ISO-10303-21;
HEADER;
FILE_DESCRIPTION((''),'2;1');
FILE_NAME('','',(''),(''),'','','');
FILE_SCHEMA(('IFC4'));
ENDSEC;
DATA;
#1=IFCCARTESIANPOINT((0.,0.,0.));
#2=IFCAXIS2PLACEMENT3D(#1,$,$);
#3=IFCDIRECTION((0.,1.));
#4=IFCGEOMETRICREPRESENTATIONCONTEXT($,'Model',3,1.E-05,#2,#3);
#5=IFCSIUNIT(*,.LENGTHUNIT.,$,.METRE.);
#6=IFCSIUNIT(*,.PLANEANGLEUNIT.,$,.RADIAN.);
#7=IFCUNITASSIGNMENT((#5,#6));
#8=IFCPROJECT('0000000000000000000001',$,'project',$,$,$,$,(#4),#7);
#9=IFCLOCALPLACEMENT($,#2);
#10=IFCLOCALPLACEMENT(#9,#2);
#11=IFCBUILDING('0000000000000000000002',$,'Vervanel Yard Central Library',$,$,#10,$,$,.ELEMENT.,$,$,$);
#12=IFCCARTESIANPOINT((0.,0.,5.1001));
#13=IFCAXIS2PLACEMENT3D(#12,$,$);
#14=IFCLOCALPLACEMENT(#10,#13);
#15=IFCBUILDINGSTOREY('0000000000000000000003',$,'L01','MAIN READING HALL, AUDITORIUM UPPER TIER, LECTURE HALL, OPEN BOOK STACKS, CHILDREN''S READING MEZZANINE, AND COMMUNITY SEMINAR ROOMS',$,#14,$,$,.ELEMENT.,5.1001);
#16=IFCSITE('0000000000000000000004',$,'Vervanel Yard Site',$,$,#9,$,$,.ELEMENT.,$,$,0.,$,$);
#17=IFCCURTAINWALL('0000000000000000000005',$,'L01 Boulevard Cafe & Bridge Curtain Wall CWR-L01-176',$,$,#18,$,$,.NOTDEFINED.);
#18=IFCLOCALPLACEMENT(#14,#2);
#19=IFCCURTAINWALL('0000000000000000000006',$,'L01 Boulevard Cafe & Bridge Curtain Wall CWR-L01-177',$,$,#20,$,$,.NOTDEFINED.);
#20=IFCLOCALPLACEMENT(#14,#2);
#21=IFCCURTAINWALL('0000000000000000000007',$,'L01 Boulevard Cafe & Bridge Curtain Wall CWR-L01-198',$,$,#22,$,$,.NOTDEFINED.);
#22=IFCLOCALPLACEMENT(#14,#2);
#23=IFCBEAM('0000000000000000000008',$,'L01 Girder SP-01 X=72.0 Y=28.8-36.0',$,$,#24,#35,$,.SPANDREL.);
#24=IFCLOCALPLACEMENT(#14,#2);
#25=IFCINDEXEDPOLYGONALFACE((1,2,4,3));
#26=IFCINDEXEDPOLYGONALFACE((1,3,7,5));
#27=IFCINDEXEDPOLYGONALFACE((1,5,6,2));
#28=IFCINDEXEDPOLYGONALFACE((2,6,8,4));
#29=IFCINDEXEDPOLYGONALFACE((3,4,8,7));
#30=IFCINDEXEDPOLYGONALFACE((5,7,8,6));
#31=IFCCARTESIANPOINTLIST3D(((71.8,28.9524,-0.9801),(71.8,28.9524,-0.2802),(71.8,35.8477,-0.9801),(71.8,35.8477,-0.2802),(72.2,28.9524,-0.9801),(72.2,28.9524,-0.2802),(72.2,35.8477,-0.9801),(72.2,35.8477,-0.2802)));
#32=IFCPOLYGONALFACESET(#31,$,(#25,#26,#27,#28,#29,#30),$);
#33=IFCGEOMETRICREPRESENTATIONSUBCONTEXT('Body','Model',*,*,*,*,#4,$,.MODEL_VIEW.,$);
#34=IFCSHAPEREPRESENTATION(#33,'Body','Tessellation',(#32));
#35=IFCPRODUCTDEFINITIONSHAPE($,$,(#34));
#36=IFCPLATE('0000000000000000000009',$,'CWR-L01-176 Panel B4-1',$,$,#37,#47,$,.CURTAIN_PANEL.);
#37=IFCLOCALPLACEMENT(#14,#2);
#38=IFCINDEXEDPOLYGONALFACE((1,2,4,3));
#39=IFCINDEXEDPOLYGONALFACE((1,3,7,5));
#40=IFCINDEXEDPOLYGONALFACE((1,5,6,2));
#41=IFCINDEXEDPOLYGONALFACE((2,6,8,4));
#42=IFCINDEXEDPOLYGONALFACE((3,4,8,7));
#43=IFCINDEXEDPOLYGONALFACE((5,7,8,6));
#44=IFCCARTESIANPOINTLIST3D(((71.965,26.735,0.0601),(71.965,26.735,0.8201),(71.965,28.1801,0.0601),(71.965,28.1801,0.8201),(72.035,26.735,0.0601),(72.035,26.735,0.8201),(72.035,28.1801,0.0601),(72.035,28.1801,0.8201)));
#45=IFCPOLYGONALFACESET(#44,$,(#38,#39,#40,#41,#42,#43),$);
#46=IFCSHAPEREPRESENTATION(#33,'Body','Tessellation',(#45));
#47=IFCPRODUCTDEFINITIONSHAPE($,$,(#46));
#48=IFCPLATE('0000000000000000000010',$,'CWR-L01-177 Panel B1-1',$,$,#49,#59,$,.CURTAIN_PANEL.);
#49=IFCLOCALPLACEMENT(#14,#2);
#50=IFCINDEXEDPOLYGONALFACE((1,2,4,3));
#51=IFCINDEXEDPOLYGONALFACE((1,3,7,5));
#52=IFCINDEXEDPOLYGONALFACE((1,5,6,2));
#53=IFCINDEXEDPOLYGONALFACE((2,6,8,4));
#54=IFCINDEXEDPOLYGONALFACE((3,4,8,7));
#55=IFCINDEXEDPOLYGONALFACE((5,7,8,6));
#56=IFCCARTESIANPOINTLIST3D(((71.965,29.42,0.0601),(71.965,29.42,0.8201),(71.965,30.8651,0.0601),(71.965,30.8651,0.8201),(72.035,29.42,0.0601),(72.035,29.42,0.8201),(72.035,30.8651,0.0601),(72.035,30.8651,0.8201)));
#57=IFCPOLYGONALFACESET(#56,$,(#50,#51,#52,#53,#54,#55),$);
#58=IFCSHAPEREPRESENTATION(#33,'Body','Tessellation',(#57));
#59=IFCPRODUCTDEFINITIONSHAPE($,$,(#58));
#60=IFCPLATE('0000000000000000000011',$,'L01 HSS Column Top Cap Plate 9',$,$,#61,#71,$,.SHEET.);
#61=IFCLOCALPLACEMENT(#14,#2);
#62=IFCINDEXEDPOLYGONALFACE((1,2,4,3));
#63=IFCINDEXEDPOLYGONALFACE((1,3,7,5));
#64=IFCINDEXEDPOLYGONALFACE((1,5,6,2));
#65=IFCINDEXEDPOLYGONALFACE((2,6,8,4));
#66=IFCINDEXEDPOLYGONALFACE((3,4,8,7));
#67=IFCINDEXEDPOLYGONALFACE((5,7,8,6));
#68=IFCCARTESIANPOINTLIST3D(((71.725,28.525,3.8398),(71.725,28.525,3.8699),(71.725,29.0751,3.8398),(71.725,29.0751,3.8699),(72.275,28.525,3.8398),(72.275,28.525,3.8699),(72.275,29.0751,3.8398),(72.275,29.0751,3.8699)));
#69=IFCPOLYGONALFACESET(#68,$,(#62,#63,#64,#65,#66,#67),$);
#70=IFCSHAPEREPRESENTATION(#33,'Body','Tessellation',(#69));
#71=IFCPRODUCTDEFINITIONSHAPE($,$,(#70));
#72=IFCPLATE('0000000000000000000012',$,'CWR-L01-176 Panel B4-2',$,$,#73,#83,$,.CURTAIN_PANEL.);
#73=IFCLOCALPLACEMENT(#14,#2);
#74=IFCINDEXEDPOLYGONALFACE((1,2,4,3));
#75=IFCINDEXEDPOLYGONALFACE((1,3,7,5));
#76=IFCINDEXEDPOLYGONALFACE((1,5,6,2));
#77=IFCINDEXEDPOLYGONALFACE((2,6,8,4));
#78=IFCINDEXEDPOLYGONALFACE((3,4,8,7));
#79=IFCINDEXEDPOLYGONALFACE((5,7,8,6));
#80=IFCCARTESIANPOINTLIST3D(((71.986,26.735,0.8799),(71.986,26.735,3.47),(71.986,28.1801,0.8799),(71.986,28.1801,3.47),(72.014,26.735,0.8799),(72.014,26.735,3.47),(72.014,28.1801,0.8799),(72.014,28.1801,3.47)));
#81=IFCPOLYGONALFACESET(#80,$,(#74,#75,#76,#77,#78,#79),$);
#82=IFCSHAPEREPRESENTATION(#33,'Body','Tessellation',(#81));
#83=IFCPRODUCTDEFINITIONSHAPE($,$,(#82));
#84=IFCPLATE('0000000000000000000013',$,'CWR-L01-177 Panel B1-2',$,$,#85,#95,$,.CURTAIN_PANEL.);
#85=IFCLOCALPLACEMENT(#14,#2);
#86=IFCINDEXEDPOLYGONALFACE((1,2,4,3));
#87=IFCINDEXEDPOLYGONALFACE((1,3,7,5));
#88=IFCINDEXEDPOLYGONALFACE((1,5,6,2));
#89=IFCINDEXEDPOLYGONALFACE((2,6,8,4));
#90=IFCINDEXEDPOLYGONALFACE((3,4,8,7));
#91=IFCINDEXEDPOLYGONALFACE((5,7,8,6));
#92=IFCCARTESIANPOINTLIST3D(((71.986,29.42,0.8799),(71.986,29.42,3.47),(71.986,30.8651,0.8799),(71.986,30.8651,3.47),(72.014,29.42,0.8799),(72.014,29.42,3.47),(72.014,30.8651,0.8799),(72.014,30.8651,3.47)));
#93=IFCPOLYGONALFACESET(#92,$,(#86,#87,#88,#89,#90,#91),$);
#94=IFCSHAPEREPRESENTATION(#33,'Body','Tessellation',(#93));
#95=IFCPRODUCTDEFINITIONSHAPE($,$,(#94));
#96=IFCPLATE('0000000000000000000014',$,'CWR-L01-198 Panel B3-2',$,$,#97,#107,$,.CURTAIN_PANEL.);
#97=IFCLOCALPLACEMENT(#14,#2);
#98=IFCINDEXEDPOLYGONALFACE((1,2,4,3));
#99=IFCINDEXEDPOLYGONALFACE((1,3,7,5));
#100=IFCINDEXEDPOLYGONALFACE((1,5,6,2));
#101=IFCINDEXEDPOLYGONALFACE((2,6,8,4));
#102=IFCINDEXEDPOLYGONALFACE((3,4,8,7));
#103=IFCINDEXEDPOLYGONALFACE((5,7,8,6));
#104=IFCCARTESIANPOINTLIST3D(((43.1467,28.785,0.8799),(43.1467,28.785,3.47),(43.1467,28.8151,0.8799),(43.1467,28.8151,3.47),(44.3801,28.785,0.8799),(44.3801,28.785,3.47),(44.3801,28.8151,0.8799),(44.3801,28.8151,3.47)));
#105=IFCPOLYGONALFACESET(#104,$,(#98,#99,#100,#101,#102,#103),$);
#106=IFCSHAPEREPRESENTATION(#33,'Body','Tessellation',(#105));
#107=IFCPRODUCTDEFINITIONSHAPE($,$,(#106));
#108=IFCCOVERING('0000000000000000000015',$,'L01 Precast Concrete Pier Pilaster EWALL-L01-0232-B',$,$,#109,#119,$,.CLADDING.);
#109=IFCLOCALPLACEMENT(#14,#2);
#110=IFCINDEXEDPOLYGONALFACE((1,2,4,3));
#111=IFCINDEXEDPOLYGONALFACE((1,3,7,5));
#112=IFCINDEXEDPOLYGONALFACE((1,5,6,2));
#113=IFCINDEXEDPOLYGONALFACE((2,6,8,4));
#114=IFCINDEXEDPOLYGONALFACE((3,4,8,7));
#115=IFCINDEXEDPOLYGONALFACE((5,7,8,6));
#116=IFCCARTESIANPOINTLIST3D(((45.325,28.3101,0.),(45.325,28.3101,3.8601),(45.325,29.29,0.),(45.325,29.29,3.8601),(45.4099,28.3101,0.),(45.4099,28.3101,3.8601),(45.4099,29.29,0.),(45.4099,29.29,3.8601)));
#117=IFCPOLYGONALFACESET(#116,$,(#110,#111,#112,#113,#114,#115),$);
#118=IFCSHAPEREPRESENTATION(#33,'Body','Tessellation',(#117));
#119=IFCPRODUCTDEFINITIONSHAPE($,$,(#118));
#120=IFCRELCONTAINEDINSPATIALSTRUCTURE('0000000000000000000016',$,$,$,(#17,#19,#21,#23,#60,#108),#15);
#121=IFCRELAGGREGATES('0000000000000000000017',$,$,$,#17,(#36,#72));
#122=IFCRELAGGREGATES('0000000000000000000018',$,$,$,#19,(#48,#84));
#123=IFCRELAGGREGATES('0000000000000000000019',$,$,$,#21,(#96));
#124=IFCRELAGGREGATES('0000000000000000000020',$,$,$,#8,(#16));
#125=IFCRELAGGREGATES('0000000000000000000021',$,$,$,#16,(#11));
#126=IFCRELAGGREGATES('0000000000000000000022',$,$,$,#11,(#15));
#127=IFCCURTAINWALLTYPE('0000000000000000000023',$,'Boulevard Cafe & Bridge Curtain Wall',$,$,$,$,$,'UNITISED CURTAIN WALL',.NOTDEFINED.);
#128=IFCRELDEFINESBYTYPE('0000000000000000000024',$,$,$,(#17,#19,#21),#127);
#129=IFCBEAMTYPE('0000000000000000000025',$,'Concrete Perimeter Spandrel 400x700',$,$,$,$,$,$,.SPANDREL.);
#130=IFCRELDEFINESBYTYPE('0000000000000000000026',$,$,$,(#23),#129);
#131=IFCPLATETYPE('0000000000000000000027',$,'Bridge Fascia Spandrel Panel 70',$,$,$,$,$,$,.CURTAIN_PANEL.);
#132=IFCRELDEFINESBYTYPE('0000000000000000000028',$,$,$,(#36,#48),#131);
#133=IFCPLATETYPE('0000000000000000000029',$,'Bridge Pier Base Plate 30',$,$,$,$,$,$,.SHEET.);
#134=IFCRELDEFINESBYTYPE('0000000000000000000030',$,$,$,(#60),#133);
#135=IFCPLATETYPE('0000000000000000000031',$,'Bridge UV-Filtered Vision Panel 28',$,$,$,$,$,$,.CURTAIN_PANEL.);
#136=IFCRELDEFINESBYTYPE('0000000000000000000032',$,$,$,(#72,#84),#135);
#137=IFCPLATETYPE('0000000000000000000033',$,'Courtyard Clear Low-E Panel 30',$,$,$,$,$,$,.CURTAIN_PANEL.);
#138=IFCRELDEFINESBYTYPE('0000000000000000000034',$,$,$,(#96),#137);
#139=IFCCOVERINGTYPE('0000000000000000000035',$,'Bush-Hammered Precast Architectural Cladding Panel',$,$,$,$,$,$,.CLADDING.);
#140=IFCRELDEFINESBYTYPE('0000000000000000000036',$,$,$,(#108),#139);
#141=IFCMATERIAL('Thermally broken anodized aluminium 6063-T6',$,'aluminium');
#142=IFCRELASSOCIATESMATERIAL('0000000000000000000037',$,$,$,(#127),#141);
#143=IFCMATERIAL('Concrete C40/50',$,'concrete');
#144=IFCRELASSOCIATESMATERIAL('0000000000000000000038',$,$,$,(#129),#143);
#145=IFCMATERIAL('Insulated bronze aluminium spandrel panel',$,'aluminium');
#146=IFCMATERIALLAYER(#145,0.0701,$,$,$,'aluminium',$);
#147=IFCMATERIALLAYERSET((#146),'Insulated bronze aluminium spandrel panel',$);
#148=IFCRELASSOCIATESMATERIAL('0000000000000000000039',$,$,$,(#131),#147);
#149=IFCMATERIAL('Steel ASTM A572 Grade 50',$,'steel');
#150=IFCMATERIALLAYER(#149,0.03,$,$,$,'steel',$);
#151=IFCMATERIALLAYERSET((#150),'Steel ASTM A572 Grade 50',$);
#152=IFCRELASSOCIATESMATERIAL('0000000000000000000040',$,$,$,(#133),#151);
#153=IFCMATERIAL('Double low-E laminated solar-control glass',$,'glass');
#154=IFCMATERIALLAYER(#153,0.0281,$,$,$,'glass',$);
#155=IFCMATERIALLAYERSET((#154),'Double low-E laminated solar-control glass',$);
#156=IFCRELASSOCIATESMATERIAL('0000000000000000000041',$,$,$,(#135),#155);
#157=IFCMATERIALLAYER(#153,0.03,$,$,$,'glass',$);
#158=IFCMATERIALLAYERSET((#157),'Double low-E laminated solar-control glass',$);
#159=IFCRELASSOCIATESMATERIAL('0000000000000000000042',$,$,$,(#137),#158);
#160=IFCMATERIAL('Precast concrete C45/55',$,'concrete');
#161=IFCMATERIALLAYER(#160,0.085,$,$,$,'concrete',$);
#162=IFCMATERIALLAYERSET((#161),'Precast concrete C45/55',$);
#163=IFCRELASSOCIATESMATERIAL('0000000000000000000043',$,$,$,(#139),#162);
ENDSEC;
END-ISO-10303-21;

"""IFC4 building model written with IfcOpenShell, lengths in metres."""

from ifc_helpers import new_model, si_unit, direction, frame, origin, origin_2d, place, context, subcontext, project, spatial, rectangle, extrude, material, layer, layer_set, material_profile, profile_set, type_object, element, aggregate, save


model = new_model("IFC4")

# Units and contexts
model_context = context("Model", 3, precision=1e-05, world=origin(), true_north=direction((0.0, 1.0)))
body_context = subcontext(model_context, "Body", "Model", "MODEL_VIEW")
ifc_project = project(units=[si_unit("LENGTHUNIT", "METRE"), si_unit("PLANEANGLEUNIT", "RADIAN")], contexts=[model_context])

# Site, building, storey
site_placement = place(None, origin())
site = spatial("IfcSite", under=ifc_project, at=site_placement, Name="Vervanel Yard Site", CompositionType="ELEMENT", RefElevation=0.0)
building_placement = place(site_placement, origin())
building = spatial("IfcBuilding", under=site, at=building_placement, Name="Vervanel Yard Central Library", CompositionType="ELEMENT")
storey_placement = place(building_placement, frame((0.0, 0.0, 5.1001)))
storey = spatial("IfcBuildingStorey", under=building, at=storey_placement, Name="L01", Description="MAIN READING HALL, AUDITORIUM UPPER TIER, LECTURE HALL, OPEN BOOK STACKS, CHILDREN'S READING MEZZANINE, AND COMMUNITY SEMINAR ROOMS", CompositionType="ELEMENT", Elevation=5.1001)

# Shared definitions
ifc_material_1 = material(Name="Concrete C40/50", Category="concrete")

# Curtain wall
ifc_material_2 = material(Name="Thermally broken anodized aluminium 6063-T6", Category="aluminium")
curtain_wall_type = type_object("IfcCurtainWallType", Name="Boulevard Cafe & Bridge Curtain Wall", ElementType="UNITISED CURTAIN WALL", PredefinedType="NOTDEFINED", material=ifc_material_2)
curtain_wall_1_placement = place(storey_placement, origin())
curtain_wall_1 = element("IfcCurtainWall", 1, at=curtain_wall_1_placement, inside=storey, type_object=curtain_wall_type, Name="L01 Boulevard Cafe & Bridge Curtain Wall CWR-L01-176", PredefinedType="NOTDEFINED")

# Curtain wall
curtain_wall_2_placement = place(storey_placement, origin())
curtain_wall_2 = element("IfcCurtainWall", 2, at=curtain_wall_2_placement, inside=storey, type_object=curtain_wall_type, Name="L01 Boulevard Cafe & Bridge Curtain Wall CWR-L01-177", PredefinedType="NOTDEFINED")

# Curtain wall
curtain_wall_3_placement = place(storey_placement, origin())
curtain_wall_3 = element("IfcCurtainWall", 3, at=curtain_wall_3_placement, inside=storey, type_object=curtain_wall_type, Name="L01 Boulevard Cafe & Bridge Curtain Wall CWR-L01-198", PredefinedType="NOTDEFINED")

# Beam
ifc_material_profile_1 = material_profile(ifc_material_1, rectangle(XDim=0.3999, YDim=0.7, at=origin_2d()), Name="RC 400x700", Category="concrete")
ifc_profile_set_1 = profile_set([ifc_material_profile_1], Name="Concrete C40/50")
beam_type = type_object("IfcBeamType", Name="Concrete Perimeter Spandrel 400x700", PredefinedType="SPANDREL", material=ifc_profile_set_1)
beam_placement = place(storey_placement, frame((72.0, 28.9524, -0.6301), z_axis=(0.0, 1.0, 0.0), x_axis=(-1.0, 0.0, 0.0)))
element("IfcBeam", 4, at=beam_placement, inside=storey, type_object=beam_type, Name="L01 Girder SP-01 X=72.0 Y=28.8-36.0", PredefinedType="SPANDREL", context=body_context, shape_type="SweptSolid", body=[
    extrude(rectangle(XDim=0.3999, YDim=0.7, at=origin_2d()), origin(), (0.0, 0.0, 1.0), 6.8953),
])

# Plates
ifc_material_3 = material(Name="Insulated bronze aluminium spandrel panel", Category="aluminium")
ifc_layer_1 = layer(ifc_material_3, 0.0701, Category="aluminium")
ifc_layer_set_1 = layer_set([ifc_layer_1], Name="Insulated bronze aluminium spandrel panel")
plate_type_1 = type_object("IfcPlateType", Name="Bridge Fascia Spandrel Panel 70", PredefinedType="CURTAIN_PANEL", material=ifc_layer_set_1)
plate_1_placement = place(storey_placement, frame((72.0, 27.4575, 0.0601), z_axis=(0.0, 0.0, 1.0), x_axis=(0.0, 1.0, 0.0)))
plate_1 = element("IfcPlate", 5, at=plate_1_placement, type_object=plate_type_1, Name="CWR-L01-176 Panel B4-1", PredefinedType="CURTAIN_PANEL", context=body_context, shape_type="SweptSolid", body=[
    extrude(rectangle(XDim=1.4451, YDim=0.0701, at=origin_2d()), origin(), (0.0, 0.0, 1.0), 0.76),
])
plate_2_placement = place(storey_placement, frame((72.0, 30.1426, 0.0601), z_axis=(0.0, 0.0, 1.0), x_axis=(0.0, 1.0, 0.0)))
plate_2 = element("IfcPlate", 6, at=plate_2_placement, type_object=plate_type_1, Name="CWR-L01-177 Panel B1-1", PredefinedType="CURTAIN_PANEL", context=body_context, shape_type="SweptSolid", body=[
    extrude(rectangle(XDim=1.4451, YDim=0.0701, at=origin_2d()), origin(), (0.0, 0.0, 1.0), 0.76),
])
ifc_material_4 = material(Name="Steel ASTM A572 Grade 50", Category="steel")
ifc_layer_2 = layer(ifc_material_4, 0.03, Category="steel")
ifc_layer_set_2 = layer_set([ifc_layer_2], Name="Steel ASTM A572 Grade 50")
plate_type_2 = type_object("IfcPlateType", Name="Bridge Pier Base Plate 30", PredefinedType="SHEET", material=ifc_layer_set_2)
plate_3_placement = place(storey_placement, frame((72.0, 28.8, 3.8398), z_axis=(0.0, 0.0, 1.0), x_axis=(1.0, 0.0, 0.0)))
element("IfcPlate", 7, at=plate_3_placement, inside=storey, type_object=plate_type_2, Name="L01 HSS Column Top Cap Plate 9", PredefinedType="SHEET", context=body_context, shape_type="SweptSolid", body=[
    extrude(rectangle(XDim=0.55, YDim=0.55, at=origin_2d()), origin(), (0.0, 0.0, 1.0), 0.03),
])
ifc_material_5 = material(Name="Double low-E laminated solar-control glass", Category="glass")
ifc_layer_3 = layer(ifc_material_5, 0.0281, Category="glass")
ifc_layer_set_3 = layer_set([ifc_layer_3], Name="Double low-E laminated solar-control glass")
plate_type_3 = type_object("IfcPlateType", Name="Bridge UV-Filtered Vision Panel 28", PredefinedType="CURTAIN_PANEL", material=ifc_layer_set_3)
plate_4_placement = place(storey_placement, frame((72.0, 27.4575, 0.8799), z_axis=(0.0, 0.0, 1.0), x_axis=(0.0, 1.0, 0.0)))
plate_4 = element("IfcPlate", 8, at=plate_4_placement, type_object=plate_type_3, Name="CWR-L01-176 Panel B4-2", PredefinedType="CURTAIN_PANEL", context=body_context, shape_type="SweptSolid", body=[
    extrude(rectangle(XDim=1.4451, YDim=0.0281, at=origin_2d()), origin(), (0.0, 0.0, 1.0), 2.5901),
])
aggregate(curtain_wall_1, [plate_1, plate_4])
plate_5_placement = place(storey_placement, frame((72.0, 30.1426, 0.8799), z_axis=(0.0, 0.0, 1.0), x_axis=(0.0, 1.0, 0.0)))
plate_5 = element("IfcPlate", 9, at=plate_5_placement, type_object=plate_type_3, Name="CWR-L01-177 Panel B1-2", PredefinedType="CURTAIN_PANEL", context=body_context, shape_type="SweptSolid", body=[
    extrude(rectangle(XDim=1.4451, YDim=0.0281, at=origin_2d()), origin(), (0.0, 0.0, 1.0), 2.5901),
])
aggregate(curtain_wall_2, [plate_2, plate_5])
ifc_layer_4 = layer(ifc_material_5, 0.03, Category="glass")
ifc_layer_set_4 = layer_set([ifc_layer_4], Name="Double low-E laminated solar-control glass")
plate_type_4 = type_object("IfcPlateType", Name="Courtyard Clear Low-E Panel 30", PredefinedType="CURTAIN_PANEL", material=ifc_layer_set_4)
plate_6_placement = place(storey_placement, frame((43.7634, 28.8, 0.8799), z_axis=(0.0, 0.0, 1.0), x_axis=(1.0, 0.0, 0.0)))
plate_6 = element("IfcPlate", 10, at=plate_6_placement, type_object=plate_type_4, Name="CWR-L01-198 Panel B3-2", PredefinedType="CURTAIN_PANEL", context=body_context, shape_type="SweptSolid", body=[
    extrude(rectangle(XDim=1.2334, YDim=0.03, at=origin_2d()), origin(), (0.0, 0.0, 1.0), 2.5901),
])
aggregate(curtain_wall_3, [plate_6])

# Covering
ifc_material_6 = material(Name="Precast concrete C45/55", Category="concrete")
ifc_layer_5 = layer(ifc_material_6, 0.085, Category="concrete")
ifc_layer_set_5 = layer_set([ifc_layer_5], Name="Precast concrete C45/55")
covering_type = type_object("IfcCoveringType", Name="Bush-Hammered Precast Architectural Cladding Panel", PredefinedType="CLADDING", material=ifc_layer_set_5)
covering_placement = place(storey_placement, frame((45.3674, 28.8, 0.0), z_axis=(0.0, 0.0, 1.0), x_axis=(0.0, 1.0, 0.0)))
element("IfcCovering", 11, at=covering_placement, inside=storey, type_object=covering_type, Name="L01 Precast Concrete Pier Pilaster EWALL-L01-0232-B", PredefinedType="CLADDING", context=body_context, shape_type="SweptSolid", body=[
    extrude(rectangle(XDim=0.98, YDim=0.085, at=origin_2d()), origin(), (0.0, 0.0, 1.0), 3.8601),
])

save(model, "model.ifc")
